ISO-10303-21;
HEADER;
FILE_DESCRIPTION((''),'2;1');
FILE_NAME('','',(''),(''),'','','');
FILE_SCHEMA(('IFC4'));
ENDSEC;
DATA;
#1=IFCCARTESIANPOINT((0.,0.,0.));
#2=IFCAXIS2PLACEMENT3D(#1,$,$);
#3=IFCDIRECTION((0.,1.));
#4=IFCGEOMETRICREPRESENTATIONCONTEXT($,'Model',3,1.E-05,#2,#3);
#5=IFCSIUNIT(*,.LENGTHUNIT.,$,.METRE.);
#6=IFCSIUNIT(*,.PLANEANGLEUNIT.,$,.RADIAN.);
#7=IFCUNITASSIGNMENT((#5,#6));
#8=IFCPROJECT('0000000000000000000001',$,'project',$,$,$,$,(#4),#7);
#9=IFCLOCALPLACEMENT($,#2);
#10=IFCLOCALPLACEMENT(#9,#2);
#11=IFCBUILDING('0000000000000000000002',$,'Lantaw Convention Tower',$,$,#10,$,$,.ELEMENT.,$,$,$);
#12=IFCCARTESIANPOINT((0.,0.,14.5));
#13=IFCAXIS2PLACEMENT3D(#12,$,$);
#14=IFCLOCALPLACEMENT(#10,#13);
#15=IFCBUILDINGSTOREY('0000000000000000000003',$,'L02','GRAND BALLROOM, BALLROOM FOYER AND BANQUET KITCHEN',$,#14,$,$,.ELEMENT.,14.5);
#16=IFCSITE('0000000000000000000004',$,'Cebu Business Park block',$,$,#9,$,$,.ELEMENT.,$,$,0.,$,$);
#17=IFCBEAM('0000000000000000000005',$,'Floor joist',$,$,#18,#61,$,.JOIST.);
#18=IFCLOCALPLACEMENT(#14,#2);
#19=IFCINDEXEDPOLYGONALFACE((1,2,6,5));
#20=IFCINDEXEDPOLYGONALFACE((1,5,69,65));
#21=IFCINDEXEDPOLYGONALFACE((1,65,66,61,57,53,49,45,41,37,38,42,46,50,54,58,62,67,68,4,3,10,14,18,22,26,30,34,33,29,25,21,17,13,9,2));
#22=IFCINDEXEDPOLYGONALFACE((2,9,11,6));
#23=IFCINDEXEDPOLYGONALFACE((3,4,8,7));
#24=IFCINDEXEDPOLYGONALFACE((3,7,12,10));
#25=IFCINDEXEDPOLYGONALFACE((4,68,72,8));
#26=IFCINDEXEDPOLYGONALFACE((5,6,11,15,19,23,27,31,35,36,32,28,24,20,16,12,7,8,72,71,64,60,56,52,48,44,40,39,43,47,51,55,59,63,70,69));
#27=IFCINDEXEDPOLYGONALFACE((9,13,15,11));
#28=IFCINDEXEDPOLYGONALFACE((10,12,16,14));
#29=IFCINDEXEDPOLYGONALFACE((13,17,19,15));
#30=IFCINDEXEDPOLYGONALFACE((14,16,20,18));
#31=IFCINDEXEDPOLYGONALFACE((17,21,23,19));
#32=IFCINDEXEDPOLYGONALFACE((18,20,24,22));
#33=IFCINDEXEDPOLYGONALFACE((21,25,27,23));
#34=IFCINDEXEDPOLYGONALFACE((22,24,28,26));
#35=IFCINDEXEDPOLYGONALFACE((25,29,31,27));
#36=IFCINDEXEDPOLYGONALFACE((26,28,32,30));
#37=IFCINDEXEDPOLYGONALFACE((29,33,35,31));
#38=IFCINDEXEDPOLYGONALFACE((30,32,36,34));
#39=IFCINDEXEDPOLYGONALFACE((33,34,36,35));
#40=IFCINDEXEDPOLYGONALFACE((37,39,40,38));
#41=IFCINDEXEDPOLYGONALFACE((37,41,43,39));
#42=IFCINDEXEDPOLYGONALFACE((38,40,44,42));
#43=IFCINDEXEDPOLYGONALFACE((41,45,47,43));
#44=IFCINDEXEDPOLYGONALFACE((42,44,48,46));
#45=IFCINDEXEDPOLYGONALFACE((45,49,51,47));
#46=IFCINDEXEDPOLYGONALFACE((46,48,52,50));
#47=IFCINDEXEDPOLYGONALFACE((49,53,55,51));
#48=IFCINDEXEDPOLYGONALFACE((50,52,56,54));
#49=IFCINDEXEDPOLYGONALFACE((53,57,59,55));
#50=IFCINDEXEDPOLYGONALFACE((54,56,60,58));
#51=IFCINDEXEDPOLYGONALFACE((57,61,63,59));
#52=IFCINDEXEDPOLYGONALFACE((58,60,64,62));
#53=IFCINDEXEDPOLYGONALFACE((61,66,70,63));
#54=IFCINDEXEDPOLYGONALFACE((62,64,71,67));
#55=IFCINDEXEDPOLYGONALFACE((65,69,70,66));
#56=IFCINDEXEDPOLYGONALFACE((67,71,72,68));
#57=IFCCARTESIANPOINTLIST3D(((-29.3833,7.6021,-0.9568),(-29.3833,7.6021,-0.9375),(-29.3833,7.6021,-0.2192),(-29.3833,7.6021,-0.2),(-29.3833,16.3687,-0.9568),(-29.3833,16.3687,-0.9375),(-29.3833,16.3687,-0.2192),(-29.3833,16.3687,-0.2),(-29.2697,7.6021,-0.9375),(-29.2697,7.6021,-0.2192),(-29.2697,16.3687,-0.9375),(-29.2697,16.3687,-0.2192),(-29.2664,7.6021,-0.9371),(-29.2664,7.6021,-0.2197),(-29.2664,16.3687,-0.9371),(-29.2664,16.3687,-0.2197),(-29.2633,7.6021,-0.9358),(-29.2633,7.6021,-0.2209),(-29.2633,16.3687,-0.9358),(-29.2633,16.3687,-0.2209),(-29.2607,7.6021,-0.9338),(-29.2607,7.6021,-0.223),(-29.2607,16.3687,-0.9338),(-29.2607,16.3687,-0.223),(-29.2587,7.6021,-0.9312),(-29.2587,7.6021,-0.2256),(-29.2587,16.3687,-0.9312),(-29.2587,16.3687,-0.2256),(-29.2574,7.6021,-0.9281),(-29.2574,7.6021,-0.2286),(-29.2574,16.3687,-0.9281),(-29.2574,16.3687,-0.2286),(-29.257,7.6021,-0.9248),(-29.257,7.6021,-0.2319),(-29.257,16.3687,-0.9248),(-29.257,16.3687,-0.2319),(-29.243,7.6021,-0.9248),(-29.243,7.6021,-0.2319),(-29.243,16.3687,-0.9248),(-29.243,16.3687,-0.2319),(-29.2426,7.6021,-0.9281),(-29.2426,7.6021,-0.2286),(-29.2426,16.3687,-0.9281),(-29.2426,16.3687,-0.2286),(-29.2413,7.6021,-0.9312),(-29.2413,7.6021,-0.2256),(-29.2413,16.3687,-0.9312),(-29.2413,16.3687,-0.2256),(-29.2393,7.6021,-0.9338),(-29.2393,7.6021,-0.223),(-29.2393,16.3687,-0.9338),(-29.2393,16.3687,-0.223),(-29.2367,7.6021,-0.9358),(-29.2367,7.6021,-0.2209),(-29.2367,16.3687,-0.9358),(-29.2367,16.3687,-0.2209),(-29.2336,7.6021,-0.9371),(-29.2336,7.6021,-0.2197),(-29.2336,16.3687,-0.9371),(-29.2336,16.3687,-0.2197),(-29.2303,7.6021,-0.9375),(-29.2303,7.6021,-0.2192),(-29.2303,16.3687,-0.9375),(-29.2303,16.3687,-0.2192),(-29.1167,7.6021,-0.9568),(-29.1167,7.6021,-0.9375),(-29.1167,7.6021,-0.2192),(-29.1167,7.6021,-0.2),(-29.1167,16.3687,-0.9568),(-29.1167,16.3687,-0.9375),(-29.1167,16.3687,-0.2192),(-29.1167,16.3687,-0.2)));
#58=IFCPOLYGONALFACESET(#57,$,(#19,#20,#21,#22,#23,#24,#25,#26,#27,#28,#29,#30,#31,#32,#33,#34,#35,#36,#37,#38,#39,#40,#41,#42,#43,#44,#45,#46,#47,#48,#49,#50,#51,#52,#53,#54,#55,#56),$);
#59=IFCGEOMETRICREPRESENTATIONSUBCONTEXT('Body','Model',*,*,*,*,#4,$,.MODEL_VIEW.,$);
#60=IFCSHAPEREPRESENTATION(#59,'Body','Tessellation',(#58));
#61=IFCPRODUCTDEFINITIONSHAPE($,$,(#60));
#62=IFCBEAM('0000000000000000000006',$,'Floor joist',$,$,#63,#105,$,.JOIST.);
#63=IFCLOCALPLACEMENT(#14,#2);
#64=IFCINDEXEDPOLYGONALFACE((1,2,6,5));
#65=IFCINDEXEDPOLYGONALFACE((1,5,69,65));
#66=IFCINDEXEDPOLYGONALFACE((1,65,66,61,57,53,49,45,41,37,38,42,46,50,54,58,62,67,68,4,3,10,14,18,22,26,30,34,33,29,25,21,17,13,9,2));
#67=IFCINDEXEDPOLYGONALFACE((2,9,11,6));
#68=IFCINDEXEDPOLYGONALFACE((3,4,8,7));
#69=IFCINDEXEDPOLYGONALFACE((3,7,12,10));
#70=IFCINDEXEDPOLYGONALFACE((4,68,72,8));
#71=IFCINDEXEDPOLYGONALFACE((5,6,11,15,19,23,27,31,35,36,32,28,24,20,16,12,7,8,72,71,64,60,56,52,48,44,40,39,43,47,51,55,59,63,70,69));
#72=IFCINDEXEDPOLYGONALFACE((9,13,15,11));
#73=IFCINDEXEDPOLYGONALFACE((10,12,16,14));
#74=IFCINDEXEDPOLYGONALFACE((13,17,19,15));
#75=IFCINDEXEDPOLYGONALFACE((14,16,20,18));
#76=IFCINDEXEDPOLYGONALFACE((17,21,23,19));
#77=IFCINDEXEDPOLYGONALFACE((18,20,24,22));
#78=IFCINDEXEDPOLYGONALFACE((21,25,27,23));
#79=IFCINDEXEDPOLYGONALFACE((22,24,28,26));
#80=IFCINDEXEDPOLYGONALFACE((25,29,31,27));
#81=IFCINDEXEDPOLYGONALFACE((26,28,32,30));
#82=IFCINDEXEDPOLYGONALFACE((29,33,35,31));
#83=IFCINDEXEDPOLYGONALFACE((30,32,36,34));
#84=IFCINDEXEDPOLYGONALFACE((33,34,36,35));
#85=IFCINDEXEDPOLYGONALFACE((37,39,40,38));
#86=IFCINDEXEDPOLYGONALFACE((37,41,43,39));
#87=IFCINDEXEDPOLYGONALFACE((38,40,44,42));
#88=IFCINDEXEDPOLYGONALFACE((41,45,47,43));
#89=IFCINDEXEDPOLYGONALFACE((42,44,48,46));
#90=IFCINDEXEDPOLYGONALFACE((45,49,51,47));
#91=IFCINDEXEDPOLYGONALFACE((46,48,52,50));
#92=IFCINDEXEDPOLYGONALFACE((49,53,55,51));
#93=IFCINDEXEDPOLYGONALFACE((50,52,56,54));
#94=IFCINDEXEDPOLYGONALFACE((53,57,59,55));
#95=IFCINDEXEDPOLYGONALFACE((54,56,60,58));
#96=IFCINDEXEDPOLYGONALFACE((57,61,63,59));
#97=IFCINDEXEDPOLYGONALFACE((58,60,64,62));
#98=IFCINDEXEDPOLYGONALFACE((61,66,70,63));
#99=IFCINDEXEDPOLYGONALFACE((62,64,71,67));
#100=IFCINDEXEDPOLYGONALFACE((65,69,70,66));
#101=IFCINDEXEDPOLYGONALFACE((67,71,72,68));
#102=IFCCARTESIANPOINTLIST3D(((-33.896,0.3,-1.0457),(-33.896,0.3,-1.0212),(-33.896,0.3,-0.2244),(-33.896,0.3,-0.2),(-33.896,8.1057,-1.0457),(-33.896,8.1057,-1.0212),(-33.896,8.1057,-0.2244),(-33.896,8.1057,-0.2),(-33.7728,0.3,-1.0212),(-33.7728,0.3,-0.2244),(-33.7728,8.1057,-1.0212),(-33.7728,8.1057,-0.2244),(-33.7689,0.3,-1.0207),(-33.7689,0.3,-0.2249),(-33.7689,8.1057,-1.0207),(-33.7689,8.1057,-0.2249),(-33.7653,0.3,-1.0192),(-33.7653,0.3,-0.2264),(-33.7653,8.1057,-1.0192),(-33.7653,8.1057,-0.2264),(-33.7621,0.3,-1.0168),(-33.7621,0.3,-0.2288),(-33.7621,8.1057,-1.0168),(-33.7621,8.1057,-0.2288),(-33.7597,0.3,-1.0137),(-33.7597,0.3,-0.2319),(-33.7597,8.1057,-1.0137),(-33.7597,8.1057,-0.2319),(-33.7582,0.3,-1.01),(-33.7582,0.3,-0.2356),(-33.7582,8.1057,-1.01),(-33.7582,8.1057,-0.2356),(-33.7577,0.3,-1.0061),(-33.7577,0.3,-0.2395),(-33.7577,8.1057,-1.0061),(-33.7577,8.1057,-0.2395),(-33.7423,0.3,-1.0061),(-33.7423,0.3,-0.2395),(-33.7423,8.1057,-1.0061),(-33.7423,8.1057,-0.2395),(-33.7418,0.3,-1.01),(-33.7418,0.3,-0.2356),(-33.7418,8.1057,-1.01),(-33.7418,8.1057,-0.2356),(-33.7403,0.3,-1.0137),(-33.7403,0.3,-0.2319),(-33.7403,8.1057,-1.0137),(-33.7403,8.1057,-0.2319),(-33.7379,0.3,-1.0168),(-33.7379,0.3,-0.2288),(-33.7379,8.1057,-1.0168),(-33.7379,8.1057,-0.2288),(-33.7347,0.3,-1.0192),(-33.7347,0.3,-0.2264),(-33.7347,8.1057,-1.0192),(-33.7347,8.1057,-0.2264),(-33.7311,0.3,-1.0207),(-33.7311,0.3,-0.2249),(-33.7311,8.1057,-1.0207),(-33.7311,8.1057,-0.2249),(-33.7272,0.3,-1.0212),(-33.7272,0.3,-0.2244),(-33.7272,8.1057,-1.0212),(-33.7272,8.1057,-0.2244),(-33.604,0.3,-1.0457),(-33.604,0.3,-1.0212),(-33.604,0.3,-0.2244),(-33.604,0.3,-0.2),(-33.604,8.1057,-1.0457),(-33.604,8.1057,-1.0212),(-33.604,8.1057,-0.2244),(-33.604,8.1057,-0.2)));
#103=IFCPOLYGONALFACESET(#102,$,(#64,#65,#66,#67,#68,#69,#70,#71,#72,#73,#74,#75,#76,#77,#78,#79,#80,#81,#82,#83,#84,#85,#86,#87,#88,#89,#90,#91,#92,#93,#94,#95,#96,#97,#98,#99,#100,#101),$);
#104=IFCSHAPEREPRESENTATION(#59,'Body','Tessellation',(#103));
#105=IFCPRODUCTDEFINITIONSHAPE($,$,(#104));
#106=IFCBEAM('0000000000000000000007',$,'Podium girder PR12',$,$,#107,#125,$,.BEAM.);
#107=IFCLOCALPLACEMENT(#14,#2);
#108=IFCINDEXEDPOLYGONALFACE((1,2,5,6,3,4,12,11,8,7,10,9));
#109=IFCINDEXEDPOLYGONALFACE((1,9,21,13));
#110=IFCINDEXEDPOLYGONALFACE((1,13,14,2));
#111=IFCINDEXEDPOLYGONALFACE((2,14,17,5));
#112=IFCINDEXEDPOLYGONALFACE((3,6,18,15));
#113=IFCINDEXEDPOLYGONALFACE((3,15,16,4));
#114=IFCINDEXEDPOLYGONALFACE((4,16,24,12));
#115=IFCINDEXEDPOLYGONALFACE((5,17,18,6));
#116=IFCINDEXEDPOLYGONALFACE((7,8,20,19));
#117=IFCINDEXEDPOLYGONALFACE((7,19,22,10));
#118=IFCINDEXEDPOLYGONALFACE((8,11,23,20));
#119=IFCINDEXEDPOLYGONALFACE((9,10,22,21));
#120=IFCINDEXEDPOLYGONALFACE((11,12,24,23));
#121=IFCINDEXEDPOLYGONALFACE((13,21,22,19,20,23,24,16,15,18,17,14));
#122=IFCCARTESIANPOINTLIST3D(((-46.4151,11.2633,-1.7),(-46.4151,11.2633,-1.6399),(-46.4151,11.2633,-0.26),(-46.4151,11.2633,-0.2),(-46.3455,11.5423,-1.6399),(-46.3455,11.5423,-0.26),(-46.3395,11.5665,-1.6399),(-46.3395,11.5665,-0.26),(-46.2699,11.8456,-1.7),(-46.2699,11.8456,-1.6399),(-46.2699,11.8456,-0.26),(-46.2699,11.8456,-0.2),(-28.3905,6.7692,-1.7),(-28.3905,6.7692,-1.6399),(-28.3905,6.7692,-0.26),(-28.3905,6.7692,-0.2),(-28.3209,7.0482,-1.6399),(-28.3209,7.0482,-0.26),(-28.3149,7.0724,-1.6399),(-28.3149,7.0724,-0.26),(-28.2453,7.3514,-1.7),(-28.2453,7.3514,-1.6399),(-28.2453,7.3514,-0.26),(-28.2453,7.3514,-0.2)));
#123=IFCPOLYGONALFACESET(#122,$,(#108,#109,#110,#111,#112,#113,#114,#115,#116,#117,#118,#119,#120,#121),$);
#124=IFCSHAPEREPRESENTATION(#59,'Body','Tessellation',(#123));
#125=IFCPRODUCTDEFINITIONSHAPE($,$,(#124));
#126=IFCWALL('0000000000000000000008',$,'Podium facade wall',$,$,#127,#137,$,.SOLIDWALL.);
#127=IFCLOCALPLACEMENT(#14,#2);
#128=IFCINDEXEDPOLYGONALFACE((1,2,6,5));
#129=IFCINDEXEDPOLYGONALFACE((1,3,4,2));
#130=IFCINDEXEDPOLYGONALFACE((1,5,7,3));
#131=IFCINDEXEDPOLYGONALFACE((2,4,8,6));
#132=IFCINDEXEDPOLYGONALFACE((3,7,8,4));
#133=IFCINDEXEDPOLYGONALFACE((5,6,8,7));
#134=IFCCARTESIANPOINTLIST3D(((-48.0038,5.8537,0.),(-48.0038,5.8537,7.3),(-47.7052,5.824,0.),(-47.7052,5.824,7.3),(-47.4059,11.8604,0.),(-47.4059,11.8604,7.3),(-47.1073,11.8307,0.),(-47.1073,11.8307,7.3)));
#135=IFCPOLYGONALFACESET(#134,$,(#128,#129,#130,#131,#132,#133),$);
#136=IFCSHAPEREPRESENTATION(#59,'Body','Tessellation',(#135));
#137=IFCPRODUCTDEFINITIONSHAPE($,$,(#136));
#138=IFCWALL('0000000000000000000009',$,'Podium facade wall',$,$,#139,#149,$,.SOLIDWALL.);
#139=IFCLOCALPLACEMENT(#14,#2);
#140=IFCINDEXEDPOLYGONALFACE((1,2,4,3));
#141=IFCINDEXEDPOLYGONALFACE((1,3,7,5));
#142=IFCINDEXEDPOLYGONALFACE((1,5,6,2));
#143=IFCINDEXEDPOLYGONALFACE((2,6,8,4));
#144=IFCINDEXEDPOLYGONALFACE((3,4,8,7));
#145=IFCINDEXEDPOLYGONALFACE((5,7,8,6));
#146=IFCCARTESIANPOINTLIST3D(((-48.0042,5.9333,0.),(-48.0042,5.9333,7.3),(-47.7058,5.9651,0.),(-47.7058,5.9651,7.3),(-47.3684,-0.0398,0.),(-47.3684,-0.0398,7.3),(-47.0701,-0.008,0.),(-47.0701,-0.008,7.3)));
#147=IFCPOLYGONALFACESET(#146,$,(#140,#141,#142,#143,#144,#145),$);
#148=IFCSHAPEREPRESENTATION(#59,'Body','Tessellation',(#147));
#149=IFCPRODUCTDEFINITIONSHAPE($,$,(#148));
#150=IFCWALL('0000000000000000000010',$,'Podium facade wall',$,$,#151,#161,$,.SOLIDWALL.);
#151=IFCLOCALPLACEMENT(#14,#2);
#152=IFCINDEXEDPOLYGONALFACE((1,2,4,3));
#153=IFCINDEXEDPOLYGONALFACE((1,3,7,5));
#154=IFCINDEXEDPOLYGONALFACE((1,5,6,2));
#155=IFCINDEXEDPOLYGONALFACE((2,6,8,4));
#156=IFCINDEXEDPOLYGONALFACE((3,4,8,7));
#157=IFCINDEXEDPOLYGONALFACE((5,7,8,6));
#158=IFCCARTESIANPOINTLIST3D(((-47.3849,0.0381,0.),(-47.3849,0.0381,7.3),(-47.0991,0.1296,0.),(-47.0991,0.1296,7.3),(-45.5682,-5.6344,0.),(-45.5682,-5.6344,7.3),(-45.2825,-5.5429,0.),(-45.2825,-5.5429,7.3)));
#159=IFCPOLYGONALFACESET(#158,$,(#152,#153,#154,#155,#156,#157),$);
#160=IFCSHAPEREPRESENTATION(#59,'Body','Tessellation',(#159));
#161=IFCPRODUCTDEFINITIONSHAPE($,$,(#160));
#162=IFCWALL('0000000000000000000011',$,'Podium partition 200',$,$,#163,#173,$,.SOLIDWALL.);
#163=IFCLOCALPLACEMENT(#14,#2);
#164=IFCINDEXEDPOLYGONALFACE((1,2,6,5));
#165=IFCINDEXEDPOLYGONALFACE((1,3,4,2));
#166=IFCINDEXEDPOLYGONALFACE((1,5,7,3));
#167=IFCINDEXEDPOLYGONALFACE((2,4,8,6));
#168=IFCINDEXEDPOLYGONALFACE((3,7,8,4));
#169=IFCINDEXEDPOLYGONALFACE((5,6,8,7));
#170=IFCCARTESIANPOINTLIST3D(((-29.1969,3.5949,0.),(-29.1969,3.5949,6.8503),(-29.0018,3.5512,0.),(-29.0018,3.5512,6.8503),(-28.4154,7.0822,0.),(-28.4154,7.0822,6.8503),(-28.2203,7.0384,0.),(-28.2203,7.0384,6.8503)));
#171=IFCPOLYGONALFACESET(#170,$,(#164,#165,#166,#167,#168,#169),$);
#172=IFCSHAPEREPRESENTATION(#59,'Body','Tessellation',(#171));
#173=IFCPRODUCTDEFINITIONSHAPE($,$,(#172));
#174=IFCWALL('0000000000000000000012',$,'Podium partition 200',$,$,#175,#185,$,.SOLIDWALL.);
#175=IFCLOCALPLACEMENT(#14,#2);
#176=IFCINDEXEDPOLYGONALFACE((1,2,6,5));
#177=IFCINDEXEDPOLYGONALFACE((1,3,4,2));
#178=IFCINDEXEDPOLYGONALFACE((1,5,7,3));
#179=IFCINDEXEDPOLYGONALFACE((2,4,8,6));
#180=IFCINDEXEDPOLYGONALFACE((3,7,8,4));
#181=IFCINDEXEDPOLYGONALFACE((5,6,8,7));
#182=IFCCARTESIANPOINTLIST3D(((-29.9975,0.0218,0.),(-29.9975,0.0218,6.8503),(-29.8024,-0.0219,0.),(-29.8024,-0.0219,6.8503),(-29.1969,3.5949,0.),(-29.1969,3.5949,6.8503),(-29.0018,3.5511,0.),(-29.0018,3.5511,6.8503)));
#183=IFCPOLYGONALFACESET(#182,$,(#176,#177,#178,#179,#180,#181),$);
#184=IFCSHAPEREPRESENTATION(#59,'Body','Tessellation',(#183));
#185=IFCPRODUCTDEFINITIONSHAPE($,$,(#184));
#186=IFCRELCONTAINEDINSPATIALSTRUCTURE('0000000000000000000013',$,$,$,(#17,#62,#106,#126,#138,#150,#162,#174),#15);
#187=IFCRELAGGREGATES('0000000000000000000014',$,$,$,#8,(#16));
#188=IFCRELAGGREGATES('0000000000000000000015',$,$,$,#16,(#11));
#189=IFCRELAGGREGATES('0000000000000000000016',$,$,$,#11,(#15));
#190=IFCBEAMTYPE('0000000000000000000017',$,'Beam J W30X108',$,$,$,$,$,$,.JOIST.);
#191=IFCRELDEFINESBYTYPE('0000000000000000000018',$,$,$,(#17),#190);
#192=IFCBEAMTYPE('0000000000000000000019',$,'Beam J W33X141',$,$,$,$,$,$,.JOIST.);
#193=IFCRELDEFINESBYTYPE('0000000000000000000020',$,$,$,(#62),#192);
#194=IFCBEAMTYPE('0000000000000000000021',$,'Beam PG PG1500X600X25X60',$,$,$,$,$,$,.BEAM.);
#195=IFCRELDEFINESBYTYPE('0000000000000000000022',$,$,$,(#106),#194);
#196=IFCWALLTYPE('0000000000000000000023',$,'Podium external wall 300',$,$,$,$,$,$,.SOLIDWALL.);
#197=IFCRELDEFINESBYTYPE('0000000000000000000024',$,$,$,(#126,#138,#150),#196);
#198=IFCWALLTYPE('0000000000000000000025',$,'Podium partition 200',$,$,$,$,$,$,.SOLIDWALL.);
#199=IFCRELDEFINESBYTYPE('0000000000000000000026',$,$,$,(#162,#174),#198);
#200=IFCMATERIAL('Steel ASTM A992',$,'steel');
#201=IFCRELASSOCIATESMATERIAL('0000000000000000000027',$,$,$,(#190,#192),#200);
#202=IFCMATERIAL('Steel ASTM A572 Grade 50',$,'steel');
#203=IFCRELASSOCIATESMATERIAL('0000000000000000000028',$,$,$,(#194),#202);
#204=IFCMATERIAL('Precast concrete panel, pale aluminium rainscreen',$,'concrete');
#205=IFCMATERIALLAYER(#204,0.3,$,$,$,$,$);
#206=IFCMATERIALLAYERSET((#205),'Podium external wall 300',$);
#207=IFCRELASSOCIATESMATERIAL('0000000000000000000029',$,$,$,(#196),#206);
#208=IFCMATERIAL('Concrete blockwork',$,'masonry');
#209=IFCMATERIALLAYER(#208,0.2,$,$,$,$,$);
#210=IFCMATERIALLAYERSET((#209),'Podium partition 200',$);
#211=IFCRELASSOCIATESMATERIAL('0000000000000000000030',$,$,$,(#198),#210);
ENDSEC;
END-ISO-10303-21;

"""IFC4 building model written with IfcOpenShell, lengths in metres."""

from ifc_helpers import new_model, si_unit, direction, frame, frame_2d, origin, origin_2d, place, context, subcontext, project, spatial, rectangle, i_section, extrude, material, layer, layer_set, material_profile, profile_set, type_object, element, save


model = new_model("IFC4")

# Units and contexts
model_context = context("Model", 3, precision=1e-05, world=origin(), true_north=direction((0.0, 1.0)))
body_context = subcontext(model_context, "Body", "Model", "MODEL_VIEW")
ifc_project = project(units=[si_unit("LENGTHUNIT", "METRE"), si_unit("PLANEANGLEUNIT", "RADIAN")], contexts=[model_context])

# Site, building, storey
site_placement = place(None, origin())
site = spatial("IfcSite", under=ifc_project, at=site_placement, Name="Cebu Business Park block", CompositionType="ELEMENT", RefElevation=0.0)
building_placement = place(site_placement, origin())
building = spatial("IfcBuilding", under=site, at=building_placement, Name="Lantaw Convention Tower", CompositionType="ELEMENT")
storey_placement = place(building_placement, frame((0.0, 0.0, 14.5)))
storey = spatial("IfcBuildingStorey", under=building, at=storey_placement, Name="L02", Description="GRAND BALLROOM, BALLROOM FOYER AND BANQUET KITCHEN", CompositionType="ELEMENT", Elevation=14.5)

# Shared definitions
ifc_material_1 = material(Name="Steel ASTM A572 Grade 50", Category="steel")

# Beams
ifc_material_2 = material(Name="Steel ASTM A992", Category="steel")
ifc_material_profile_1 = material_profile(ifc_material_2, i_section(OverallWidth=0.2666, OverallDepth=0.7568, WebThickness=0.0139, FlangeThickness=0.0193, FilletRadius=0.0127, at=origin_2d()), Name="W30X108")
ifc_profile_set_1 = profile_set([ifc_material_profile_1], Name="Steel ASTM A992")
beam_type_1 = type_object("IfcBeamType", Name="Beam J W30X108", PredefinedType="JOIST", material=ifc_profile_set_1)
beam_1_placement = place(storey_placement, frame((-29.25, 7.6021, -0.5784), z_axis=(0.0, 1.0, 0.0), x_axis=(-1.0, 0.0, 0.0)))
element("IfcBeam", 1, at=beam_1_placement, inside=storey, type_object=beam_type_1, Name="Floor joist", PredefinedType="JOIST", context=body_context, shape_type="SweptSolid", body=[
    extrude(i_section(OverallWidth=0.2666, OverallDepth=0.7568, WebThickness=0.0139, FlangeThickness=0.0193, FilletRadius=0.0127, at=origin_2d()), origin(), (0.0, 0.0, 1.0), 8.7666),
])
ifc_material_profile_2 = material_profile(ifc_material_2, i_section(OverallWidth=0.292, OverallDepth=0.8457, WebThickness=0.0154, FlangeThickness=0.0244, FilletRadius=0.0151, at=origin_2d()), Name="W33X141")
ifc_profile_set_2 = profile_set([ifc_material_profile_2], Name="Steel ASTM A992")
beam_type_2 = type_object("IfcBeamType", Name="Beam J W33X141", PredefinedType="JOIST", material=ifc_profile_set_2)
beam_2_placement = place(storey_placement, frame((-33.75, 0.3, -0.6228), z_axis=(0.0, 1.0, 0.0), x_axis=(-1.0, 0.0, 0.0)))
element("IfcBeam", 2, at=beam_2_placement, inside=storey, type_object=beam_type_2, Name="Floor joist", PredefinedType="JOIST", context=body_context, shape_type="SweptSolid", body=[
    extrude(i_section(OverallWidth=0.292, OverallDepth=0.8457, WebThickness=0.0154, FlangeThickness=0.0244, FilletRadius=0.0151, at=origin_2d()), origin(), (0.0, 0.0, 1.0), 7.8057),
])
ifc_material_profile_3 = material_profile(ifc_material_1, i_section(OverallWidth=0.6001, OverallDepth=1.5, WebThickness=0.0249, FlangeThickness=0.0601, at=origin_2d()), Name="PG1500X600X25X60")
ifc_profile_set_3 = profile_set([ifc_material_profile_3], Name="Steel ASTM A572 Grade 50")
beam_type_3 = type_object("IfcBeamType", Name="Beam PG PG1500X600X25X60", PredefinedType="BEAM", material=ifc_profile_set_3)
beam_3_placement = place(storey_placement, frame((-28.3179, 7.0603, -0.95), z_axis=(-0.970295, 0.241926, 0.0), x_axis=(-0.241926, -0.970295, 0.0)))
element("IfcBeam", 3, at=beam_3_placement, inside=storey, type_object=beam_type_3, Name="Podium girder PR12", PredefinedType="BEAM", context=body_context, shape_type="SweptSolid", body=[
    extrude(i_section(OverallWidth=0.6001, OverallDepth=1.5, WebThickness=0.0249, FlangeThickness=0.0601, at=origin_2d()), origin(), (0.0, 0.0, 1.0), 18.5764),
])

# Walls
ifc_material_3 = material(Name="Precast concrete panel, pale aluminium rainscreen", Category="concrete")
ifc_layer_1 = layer(ifc_material_3, 0.3)
ifc_layer_set_1 = layer_set([ifc_layer_1], Name="Podium external wall 300")
wall_type_1 = type_object("IfcWallType", Name="Podium external wall 300", PredefinedType="SOLIDWALL", material=ifc_layer_set_1)
wall_1_placement = place(storey_placement, frame((-47.2566, 11.8455, 0.0), z_axis=(0.0, 0.0, 1.0), x_axis=(-0.099051, -0.995082, 0.0)))
element("IfcWall", 4, at=wall_1_placement, inside=storey, type_object=wall_type_1, Name="Podium facade wall", PredefinedType="SOLIDWALL", context=body_context, shape_type="SweptSolid", body=[
    extrude(rectangle(XDim=6.0364, YDim=0.3, at=frame_2d((3.0181, 0.0))), origin(), (0.0, 0.0, 1.0), 7.3),
])
wall_2_placement = place(storey_placement, frame((-47.855, 5.9492, 0.0), z_axis=(0.0, 0.0, 1.0), x_axis=(0.105836, -0.994384, 0.0)))
element("IfcWall", 5, at=wall_2_placement, inside=storey, type_object=wall_type_1, Name="Podium facade wall", PredefinedType="SOLIDWALL", context=body_context, shape_type="SweptSolid", body=[
    extrude(rectangle(XDim=6.0068, YDim=0.3, at=frame_2d((3.0034, 0.0))), origin(), (0.0, 0.0, 1.0), 7.3),
])
wall_3_placement = place(storey_placement, frame((-47.2419, 0.0837, 0.0), z_axis=(0.0, 0.0, 1.0), x_axis=(0.304991, -0.952355, 0.0)))
element("IfcWall", 6, at=wall_3_placement, inside=storey, type_object=wall_type_1, Name="Podium facade wall", PredefinedType="SOLIDWALL", context=body_context, shape_type="SweptSolid", body=[
    extrude(rectangle(XDim=5.9563, YDim=0.3, at=frame_2d((2.978, 0.0))), origin(), (0.0, 0.0, 1.0), 7.3),
])
ifc_material_4 = material(Name="Concrete blockwork", Category="masonry")
ifc_layer_2 = layer(ifc_material_4, 0.2)
ifc_layer_set_2 = layer_set([ifc_layer_2], Name="Podium partition 200")
wall_type_2 = type_object("IfcWallType", Name="Podium partition 200", PredefinedType="SOLIDWALL", material=ifc_layer_set_2)
wall_4_placement = place(storey_placement, frame((-28.3179, 7.0603, 0.0), z_axis=(0.0, 0.0, 1.0), x_axis=(-0.218673, -0.975798, 0.0)))
element("IfcWall", 7, at=wall_4_placement, inside=storey, type_object=wall_type_2, Name="Podium partition 200", PredefinedType="SOLIDWALL", context=body_context, shape_type="SweptSolid", body=[
    extrude(rectangle(XDim=3.5737, YDim=0.2, at=frame_2d((1.7869, 0.0))), origin(), (0.0, 0.0, 1.0), 6.8503),
])
wall_5_placement = place(storey_placement, frame((-29.0994, 3.573, 0.0), z_axis=(0.0, 0.0, 1.0), x_axis=(-0.218632, -0.975807, 0.0)))
element("IfcWall", 8, at=wall_5_placement, inside=storey, type_object=wall_type_2, Name="Podium partition 200", PredefinedType="SOLIDWALL", context=body_context, shape_type="SweptSolid", body=[
    extrude(rectangle(XDim=3.6616, YDim=0.2, at=frame_2d((1.8308, 0.0))), origin(), (0.0, 0.0, 1.0), 6.8503),
])

save(model, "model.ifc")
